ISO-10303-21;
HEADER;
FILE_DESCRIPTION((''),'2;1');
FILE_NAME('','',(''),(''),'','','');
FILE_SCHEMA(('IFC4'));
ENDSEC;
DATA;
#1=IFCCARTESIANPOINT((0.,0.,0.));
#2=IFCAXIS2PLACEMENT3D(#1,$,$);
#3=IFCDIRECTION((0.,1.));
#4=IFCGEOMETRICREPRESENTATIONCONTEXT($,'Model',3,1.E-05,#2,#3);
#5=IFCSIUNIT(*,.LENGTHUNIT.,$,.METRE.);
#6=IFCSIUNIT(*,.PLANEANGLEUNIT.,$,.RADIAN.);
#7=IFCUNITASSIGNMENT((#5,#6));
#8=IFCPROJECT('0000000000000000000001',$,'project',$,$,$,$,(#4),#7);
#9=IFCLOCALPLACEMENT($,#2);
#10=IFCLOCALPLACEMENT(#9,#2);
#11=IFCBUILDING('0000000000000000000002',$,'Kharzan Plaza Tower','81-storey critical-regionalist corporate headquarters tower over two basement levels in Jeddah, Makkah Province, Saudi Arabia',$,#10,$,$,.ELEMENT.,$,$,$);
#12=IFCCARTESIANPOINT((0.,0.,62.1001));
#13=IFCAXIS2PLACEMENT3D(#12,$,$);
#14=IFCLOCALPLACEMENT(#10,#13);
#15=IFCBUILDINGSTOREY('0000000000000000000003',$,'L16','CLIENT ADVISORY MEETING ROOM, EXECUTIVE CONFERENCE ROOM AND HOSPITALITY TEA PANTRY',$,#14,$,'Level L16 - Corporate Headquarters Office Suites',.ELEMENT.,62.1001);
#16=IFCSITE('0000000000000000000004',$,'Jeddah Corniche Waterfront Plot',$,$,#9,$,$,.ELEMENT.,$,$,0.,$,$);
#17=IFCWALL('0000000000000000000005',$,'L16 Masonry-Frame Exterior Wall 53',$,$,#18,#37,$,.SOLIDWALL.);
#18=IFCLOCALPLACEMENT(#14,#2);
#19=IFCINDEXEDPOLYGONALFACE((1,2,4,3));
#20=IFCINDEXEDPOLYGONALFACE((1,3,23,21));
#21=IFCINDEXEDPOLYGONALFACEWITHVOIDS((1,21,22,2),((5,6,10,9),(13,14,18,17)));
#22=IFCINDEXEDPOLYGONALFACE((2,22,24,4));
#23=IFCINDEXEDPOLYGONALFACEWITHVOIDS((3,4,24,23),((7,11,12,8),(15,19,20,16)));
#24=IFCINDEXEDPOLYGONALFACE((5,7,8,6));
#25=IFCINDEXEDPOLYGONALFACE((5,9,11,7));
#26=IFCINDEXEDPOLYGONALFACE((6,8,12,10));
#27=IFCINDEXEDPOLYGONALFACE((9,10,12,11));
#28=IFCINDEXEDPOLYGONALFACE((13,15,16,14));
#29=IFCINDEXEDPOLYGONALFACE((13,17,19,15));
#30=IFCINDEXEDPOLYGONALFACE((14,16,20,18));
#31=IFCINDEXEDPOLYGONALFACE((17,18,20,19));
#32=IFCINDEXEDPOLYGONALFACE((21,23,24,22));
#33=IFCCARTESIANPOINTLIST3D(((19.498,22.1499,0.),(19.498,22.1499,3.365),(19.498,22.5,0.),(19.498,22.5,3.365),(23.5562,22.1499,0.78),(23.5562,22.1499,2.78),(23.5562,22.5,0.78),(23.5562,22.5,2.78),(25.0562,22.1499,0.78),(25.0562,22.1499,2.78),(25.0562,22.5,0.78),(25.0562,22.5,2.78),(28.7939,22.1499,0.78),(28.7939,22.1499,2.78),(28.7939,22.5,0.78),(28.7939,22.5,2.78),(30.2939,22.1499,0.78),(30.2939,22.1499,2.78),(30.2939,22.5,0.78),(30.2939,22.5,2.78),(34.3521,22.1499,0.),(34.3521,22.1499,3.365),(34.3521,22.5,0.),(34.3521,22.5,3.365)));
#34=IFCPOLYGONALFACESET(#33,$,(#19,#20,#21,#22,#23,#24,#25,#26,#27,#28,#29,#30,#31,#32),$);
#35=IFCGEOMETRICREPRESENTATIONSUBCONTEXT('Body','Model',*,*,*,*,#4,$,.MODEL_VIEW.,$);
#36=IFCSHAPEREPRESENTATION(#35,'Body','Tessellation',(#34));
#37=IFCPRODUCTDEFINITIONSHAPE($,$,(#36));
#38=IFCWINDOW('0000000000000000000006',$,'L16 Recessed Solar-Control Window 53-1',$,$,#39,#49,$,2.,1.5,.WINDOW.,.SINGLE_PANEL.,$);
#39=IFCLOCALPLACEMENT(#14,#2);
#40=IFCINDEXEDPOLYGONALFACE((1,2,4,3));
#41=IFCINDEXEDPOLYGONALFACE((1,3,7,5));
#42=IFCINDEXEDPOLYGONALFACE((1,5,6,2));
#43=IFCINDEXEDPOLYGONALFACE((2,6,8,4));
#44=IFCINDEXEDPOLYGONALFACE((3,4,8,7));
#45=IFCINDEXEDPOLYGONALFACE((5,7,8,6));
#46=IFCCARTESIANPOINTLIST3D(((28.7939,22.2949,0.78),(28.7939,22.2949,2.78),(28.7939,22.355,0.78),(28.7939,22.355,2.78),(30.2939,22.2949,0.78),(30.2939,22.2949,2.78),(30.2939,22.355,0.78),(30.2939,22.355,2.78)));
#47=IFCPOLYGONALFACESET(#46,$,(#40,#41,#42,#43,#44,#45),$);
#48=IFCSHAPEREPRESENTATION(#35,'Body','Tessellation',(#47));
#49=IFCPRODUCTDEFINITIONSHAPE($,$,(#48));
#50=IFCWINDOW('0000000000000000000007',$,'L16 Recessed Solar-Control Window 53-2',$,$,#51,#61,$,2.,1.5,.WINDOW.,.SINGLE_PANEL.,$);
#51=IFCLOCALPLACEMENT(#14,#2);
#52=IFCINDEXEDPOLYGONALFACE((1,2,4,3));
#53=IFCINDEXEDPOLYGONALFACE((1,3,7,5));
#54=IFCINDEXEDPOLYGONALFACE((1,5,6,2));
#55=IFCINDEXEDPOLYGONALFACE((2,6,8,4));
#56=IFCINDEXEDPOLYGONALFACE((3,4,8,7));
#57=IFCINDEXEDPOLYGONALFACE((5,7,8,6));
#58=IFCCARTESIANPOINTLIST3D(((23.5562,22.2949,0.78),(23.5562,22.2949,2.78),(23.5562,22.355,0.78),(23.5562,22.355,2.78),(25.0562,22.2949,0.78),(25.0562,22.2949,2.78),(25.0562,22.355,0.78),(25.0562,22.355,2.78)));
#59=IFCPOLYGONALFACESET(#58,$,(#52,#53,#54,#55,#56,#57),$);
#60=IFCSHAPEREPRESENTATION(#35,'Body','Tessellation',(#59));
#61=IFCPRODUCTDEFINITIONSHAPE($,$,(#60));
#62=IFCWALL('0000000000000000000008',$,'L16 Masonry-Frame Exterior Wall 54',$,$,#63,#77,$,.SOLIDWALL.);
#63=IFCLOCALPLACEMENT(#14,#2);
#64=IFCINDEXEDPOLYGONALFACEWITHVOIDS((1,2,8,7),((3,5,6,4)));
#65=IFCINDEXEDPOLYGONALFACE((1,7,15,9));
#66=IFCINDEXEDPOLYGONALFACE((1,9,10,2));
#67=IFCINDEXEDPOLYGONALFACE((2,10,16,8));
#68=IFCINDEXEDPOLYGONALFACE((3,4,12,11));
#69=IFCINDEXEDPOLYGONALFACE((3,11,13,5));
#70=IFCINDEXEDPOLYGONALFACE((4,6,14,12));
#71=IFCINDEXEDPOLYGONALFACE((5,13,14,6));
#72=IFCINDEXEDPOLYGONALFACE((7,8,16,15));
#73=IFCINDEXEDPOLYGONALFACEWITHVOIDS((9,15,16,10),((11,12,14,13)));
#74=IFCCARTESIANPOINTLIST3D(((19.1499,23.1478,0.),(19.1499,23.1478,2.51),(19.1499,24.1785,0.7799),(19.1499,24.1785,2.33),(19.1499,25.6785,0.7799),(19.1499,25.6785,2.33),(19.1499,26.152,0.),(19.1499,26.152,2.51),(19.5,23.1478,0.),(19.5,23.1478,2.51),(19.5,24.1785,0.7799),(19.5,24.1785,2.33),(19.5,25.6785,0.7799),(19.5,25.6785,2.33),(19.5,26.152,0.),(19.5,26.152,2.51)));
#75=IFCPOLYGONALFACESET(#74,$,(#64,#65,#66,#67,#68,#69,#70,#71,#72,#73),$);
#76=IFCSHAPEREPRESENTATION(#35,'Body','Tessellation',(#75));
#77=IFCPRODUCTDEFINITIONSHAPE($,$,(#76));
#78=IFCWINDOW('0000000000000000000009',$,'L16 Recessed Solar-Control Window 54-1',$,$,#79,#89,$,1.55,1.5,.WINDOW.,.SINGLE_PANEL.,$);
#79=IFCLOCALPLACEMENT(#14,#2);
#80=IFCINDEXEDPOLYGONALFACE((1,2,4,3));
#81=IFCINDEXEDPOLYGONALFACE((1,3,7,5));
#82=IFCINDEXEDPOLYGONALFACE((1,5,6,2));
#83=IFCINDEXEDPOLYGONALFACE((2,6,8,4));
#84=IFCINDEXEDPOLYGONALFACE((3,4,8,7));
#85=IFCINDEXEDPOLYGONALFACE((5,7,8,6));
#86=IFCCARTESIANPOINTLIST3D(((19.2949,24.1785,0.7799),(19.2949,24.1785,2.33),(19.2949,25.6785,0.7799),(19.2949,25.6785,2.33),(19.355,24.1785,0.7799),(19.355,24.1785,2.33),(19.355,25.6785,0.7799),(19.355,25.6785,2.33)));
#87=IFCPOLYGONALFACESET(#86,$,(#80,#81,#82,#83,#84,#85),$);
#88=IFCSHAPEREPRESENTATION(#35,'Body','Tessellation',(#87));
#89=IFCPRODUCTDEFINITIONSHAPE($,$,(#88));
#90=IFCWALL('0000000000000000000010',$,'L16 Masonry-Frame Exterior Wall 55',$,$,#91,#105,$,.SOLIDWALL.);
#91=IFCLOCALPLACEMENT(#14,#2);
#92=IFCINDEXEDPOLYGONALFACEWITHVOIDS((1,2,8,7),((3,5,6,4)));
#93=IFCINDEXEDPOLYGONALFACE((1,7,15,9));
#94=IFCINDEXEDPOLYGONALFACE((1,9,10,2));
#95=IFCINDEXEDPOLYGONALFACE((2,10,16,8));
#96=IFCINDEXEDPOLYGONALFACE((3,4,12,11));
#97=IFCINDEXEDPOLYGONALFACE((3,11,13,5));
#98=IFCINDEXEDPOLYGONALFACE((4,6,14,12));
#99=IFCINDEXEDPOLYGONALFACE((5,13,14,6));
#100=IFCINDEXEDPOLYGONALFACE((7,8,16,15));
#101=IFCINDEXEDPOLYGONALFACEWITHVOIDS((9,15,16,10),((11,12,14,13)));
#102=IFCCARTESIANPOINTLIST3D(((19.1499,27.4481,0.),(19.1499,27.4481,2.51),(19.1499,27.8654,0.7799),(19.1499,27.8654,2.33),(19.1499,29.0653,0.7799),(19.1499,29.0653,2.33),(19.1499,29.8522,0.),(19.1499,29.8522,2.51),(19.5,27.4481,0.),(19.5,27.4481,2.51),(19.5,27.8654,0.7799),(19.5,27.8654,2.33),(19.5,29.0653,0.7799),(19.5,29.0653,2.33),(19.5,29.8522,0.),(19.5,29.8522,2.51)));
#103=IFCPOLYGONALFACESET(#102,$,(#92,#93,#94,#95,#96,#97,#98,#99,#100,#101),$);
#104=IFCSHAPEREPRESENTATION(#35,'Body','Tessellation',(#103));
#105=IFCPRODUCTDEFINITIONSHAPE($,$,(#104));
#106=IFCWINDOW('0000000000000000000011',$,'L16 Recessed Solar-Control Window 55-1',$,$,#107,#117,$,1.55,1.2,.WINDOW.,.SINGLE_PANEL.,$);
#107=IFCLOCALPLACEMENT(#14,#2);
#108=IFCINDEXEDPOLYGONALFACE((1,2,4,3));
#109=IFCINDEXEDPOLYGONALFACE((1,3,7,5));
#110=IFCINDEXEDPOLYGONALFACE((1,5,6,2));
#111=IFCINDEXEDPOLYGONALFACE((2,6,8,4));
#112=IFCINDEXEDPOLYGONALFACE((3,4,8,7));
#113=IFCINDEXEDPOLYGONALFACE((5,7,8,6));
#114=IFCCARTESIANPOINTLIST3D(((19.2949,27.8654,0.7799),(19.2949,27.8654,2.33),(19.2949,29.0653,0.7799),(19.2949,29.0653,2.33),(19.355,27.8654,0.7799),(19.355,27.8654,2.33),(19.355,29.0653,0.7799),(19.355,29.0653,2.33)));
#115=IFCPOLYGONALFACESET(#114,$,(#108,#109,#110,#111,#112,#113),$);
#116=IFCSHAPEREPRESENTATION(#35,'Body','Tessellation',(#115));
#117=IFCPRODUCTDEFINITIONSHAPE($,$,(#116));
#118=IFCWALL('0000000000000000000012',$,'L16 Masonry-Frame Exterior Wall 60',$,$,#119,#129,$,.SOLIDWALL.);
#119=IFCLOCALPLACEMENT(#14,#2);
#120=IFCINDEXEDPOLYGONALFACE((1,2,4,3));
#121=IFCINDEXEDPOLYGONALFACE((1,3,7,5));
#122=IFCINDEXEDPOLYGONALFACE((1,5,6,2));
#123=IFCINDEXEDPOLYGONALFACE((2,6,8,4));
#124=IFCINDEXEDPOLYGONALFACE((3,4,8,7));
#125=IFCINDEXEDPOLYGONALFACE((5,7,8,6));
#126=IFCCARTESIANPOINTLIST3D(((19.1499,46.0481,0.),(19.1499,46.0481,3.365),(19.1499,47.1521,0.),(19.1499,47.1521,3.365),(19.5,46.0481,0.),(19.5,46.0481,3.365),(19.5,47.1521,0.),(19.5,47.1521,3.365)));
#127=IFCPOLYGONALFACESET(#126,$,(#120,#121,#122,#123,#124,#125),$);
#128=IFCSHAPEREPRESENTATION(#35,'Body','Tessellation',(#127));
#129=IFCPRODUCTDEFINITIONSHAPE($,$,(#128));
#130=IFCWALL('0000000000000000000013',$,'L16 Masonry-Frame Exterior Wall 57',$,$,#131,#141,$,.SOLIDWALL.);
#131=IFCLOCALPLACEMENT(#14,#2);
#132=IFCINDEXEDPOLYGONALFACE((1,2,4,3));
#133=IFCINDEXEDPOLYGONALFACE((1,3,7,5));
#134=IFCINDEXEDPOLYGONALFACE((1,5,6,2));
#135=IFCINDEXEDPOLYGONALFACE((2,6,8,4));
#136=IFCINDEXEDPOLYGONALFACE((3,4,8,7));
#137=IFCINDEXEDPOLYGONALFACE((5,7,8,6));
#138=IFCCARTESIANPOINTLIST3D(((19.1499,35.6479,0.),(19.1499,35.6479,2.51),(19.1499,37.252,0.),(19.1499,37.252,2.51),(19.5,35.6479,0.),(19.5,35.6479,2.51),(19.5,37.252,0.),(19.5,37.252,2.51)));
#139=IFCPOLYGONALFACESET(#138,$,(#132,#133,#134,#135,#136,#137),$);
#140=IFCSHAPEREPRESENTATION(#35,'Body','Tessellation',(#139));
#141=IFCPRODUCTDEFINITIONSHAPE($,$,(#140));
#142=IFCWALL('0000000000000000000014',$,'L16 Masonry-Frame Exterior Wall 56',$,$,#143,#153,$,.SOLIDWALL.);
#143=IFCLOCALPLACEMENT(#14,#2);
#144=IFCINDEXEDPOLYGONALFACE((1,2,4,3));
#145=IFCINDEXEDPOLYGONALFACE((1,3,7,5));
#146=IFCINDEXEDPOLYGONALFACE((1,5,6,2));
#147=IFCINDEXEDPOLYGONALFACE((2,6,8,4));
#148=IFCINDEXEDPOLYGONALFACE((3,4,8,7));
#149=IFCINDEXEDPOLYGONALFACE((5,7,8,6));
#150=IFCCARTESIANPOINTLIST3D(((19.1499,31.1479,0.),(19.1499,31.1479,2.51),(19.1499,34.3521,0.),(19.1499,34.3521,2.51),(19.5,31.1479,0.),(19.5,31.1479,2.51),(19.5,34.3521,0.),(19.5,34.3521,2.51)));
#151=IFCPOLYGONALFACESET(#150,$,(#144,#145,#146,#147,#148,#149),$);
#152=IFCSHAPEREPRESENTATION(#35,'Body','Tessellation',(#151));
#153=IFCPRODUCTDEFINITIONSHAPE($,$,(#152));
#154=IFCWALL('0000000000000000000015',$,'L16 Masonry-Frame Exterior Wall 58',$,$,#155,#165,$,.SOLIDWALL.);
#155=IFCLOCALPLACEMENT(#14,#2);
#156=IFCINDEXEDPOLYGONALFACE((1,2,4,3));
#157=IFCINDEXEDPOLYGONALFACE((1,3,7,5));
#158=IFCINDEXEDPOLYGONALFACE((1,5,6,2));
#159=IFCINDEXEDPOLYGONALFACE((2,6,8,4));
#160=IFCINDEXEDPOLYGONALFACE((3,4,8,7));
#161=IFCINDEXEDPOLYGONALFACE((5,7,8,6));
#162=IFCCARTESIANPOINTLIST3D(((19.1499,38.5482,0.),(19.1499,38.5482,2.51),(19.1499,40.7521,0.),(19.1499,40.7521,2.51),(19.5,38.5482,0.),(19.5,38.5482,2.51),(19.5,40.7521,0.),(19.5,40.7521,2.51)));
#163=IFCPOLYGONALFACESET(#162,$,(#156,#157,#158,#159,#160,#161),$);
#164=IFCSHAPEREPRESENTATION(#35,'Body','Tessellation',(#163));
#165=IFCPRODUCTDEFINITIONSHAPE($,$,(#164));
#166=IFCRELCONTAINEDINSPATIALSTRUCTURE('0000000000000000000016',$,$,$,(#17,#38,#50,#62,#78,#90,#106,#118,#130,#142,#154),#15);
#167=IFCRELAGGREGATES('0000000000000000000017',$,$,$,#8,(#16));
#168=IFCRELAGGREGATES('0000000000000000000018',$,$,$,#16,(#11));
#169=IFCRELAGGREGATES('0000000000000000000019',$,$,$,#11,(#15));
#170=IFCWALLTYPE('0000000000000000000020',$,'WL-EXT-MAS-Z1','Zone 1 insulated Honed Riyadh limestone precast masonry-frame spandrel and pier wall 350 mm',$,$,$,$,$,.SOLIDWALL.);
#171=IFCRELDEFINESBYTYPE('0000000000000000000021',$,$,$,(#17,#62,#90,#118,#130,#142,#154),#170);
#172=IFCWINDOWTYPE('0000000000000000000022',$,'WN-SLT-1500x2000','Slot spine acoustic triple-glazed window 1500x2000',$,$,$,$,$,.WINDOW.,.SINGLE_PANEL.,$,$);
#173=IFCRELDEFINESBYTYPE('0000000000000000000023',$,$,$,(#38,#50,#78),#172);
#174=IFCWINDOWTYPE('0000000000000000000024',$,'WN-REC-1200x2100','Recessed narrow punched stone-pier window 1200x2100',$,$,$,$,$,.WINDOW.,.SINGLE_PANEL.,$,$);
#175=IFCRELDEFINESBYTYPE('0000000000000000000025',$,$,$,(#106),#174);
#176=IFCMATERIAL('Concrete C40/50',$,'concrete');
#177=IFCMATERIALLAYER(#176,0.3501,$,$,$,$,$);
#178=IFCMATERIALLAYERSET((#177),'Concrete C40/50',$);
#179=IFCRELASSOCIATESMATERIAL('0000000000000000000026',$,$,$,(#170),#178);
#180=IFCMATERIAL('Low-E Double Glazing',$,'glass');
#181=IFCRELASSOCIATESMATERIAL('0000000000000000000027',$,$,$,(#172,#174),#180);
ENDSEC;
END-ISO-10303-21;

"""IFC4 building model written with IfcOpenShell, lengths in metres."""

from ifc_helpers import new_model, si_unit, direction, frame, frame_2d, origin, place, context, subcontext, project, spatial, rectangle, extrude, source, transform, mapped, material, layer, layer_set, type_object, element, fill, save


model = new_model("IFC4")

# Units and contexts
model_context = context("Model", 3, precision=1e-05, world=origin(), true_north=direction((0.0, 1.0)))
body_context = subcontext(model_context, "Body", "Model", "MODEL_VIEW")
ifc_project = project(units=[si_unit("LENGTHUNIT", "METRE"), si_unit("PLANEANGLEUNIT", "RADIAN")], contexts=[model_context])

# Site, building, storey
site_placement = place(None, origin())
site = spatial("IfcSite", under=ifc_project, at=site_placement, Name="Jeddah Corniche Waterfront Plot", CompositionType="ELEMENT", RefElevation=0.0)
building_placement = place(site_placement, origin())
building = spatial("IfcBuilding", under=site, at=building_placement, Name="Kharzan Plaza Tower", Description="81-storey critical-regionalist corporate headquarters tower over two basement levels in Jeddah, Makkah Province, Saudi Arabia", CompositionType="ELEMENT")
storey_placement = place(building_placement, frame((0.0, 0.0, 62.1001)))
storey = spatial("IfcBuildingStorey", under=building, at=storey_placement, Name="L16", Description="CLIENT ADVISORY MEETING ROOM, EXECUTIVE CONFERENCE ROOM AND HOSPITALITY TEA PANTRY", LongName="Level L16 - Corporate Headquarters Office Suites", CompositionType="ELEMENT", Elevation=62.1001)

# Shared definitions
ifc_material_1 = material(Name="Concrete C40/50", Category="concrete")
ifc_layer_1 = layer(ifc_material_1, 0.3501)
ifc_layer_set_1 = layer_set([ifc_layer_1], Name="Concrete C40/50")
wall_type_1 = type_object("IfcWallType", Name="WL-EXT-MAS-Z1", Description="Zone 1 insulated Honed Riyadh limestone precast masonry-frame spandrel and pier wall 350 mm", PredefinedType="SOLIDWALL", material=ifc_layer_set_1)
ifc_material_2 = material(Name="Low-E Double Glazing", Category="glass")

# Wall, openings, windows
wall_1_placement = place(storey_placement, frame((34.3521, 22.325, 0.0), z_axis=(0.0, 0.0, 1.0), x_axis=(-1.0, 0.0, 0.0)))
wall_1 = element("IfcWall", 1, at=wall_1_placement, inside=storey, type_object=wall_type_1, Name="L16 Masonry-Frame Exterior Wall 53", PredefinedType="SOLIDWALL", context=body_context, shape_type="SweptSolid", body=[
    extrude(rectangle(XDim=14.854, YDim=0.3501, at=frame_2d((7.427, 0.0))), origin(), (0.0, 0.0, 1.0), 3.365),
])
opening_1_placement = place(wall_1_placement, frame((4.0581, 0.0, 0.78)))
opening_1 = element("IfcOpeningElement", 2, at=opening_1_placement, cuts=wall_1, PredefinedType="OPENING", context=body_context, shape_type="SweptSolid", body=[
    extrude(rectangle(XDim=1.5, YDim=2.0, at=frame_2d((0.75, 1.0))), frame((0.0, 0.1851, 0.0), z_axis=(0.0, -1.0, 0.0), x_axis=(1.0, 0.0, 0.0)), (0.0, 0.0, 1.0), 0.3701),
])
opening_2_placement = place(wall_1_placement, frame((9.2959, 0.0, 0.78)))
opening_2 = element("IfcOpeningElement", 3, at=opening_2_placement, cuts=wall_1, PredefinedType="OPENING", context=body_context, shape_type="SweptSolid", body=[
    extrude(rectangle(XDim=1.5, YDim=2.0, at=frame_2d((0.75, 1.0))), frame((0.0, 0.1851, 0.0), z_axis=(0.0, -1.0, 0.0), x_axis=(1.0, 0.0, 0.0)), (0.0, 0.0, 1.0), 0.3701),
])
window_type_1 = type_object("IfcWindowType", Name="WN-SLT-1500x2000", Description="Slot spine acoustic triple-glazed window 1500x2000", PartitioningType="SINGLE_PANEL", PredefinedType="WINDOW", material=ifc_material_2)
shared_shape_1 = source(origin(), body_context, "Body", "SweptSolid", [
    extrude(rectangle(XDim=1.5, YDim=2.0, at=frame_2d((0.75, 1.0))), frame((0.0, 0.03, 0.0), z_axis=(0.0, -1.0, 0.0), x_axis=(1.0, 0.0, 0.0)), (0.0, 0.0, 1.0), 0.0601),
])
window_1_placement = place(opening_1_placement, origin())
window_1 = element("IfcWindow", 4, at=window_1_placement, inside=storey, type_object=window_type_1, Name="L16 Recessed Solar-Control Window 53-1", OverallHeight=2.0, OverallWidth=1.5, PartitioningType="SINGLE_PANEL", PredefinedType="WINDOW", context=body_context, shape_type="MappedRepresentation", body=[
    mapped(shared_shape_1, transform((0.0, 0.0, 0.0), x_axis=(1.0, 0.0, 0.0), y_axis=(0.0, 1.0, 0.0), z_axis=(0.0, 0.0, 1.0))),
])
fill(opening_1, window_1)
window_2_placement = place(opening_2_placement, origin())
window_2 = element("IfcWindow", 5, at=window_2_placement, inside=storey, type_object=window_type_1, Name="L16 Recessed Solar-Control Window 53-2", OverallHeight=2.0, OverallWidth=1.5, PartitioningType="SINGLE_PANEL", PredefinedType="WINDOW", context=body_context, shape_type="MappedRepresentation", body=[
    mapped(shared_shape_1, transform((0.0, 0.0, 0.0), x_axis=(1.0, 0.0, 0.0), y_axis=(0.0, 1.0, 0.0), z_axis=(0.0, 0.0, 1.0))),
])
fill(opening_2, window_2)

# Walls, openings, windows
wall_2_placement = place(storey_placement, frame((19.325, 23.1479, 0.0), z_axis=(0.0, 0.0, 1.0), x_axis=(0.0, 1.0, 0.0)))
wall_2 = element("IfcWall", 6, at=wall_2_placement, inside=storey, type_object=wall_type_1, Name="L16 Masonry-Frame Exterior Wall 54", PredefinedType="SOLIDWALL", context=body_context, shape_type="SweptSolid", body=[
    extrude(rectangle(XDim=3.0042, YDim=0.3501, at=frame_2d((1.502, 0.0))), origin(), (0.0, 0.0, 1.0), 2.51),
])
opening_3_placement = place(wall_2_placement, frame((1.0305, 0.0, 0.78)))
opening_3 = element("IfcOpeningElement", 7, at=opening_3_placement, cuts=wall_2, PredefinedType="OPENING", context=body_context, shape_type="SweptSolid", body=[
    extrude(rectangle(XDim=1.5, YDim=1.55, at=frame_2d((0.75, 0.7749))), frame((0.0, 0.1851, 0.0), z_axis=(0.0, -1.0, 0.0), x_axis=(1.0, 0.0, 0.0)), (0.0, 0.0, 1.0), 0.3701),
])
shared_shape_2 = source(origin(), body_context, "Body", "SweptSolid", [
    extrude(rectangle(XDim=1.5, YDim=1.55, at=frame_2d((0.75, 0.7749))), frame((0.0, 0.03, 0.0), z_axis=(0.0, -1.0, 0.0), x_axis=(1.0, 0.0, 0.0)), (0.0, 0.0, 1.0), 0.0601),
])
window_3_placement = place(opening_3_placement, origin())
window_3 = element("IfcWindow", 8, at=window_3_placement, inside=storey, type_object=window_type_1, Name="L16 Recessed Solar-Control Window 54-1", OverallHeight=1.55, OverallWidth=1.5, PartitioningType="SINGLE_PANEL", PredefinedType="WINDOW", context=body_context, shape_type="MappedRepresentation", body=[
    mapped(shared_shape_2, transform((0.0, 0.0, 0.0), x_axis=(1.0, 0.0, 0.0), y_axis=(0.0, 1.0, 0.0), z_axis=(0.0, 0.0, 1.0))),
])
fill(opening_3, window_3)
wall_3_placement = place(storey_placement, frame((19.325, 27.448, 0.0), z_axis=(0.0, 0.0, 1.0), x_axis=(0.0, 1.0, 0.0)))
wall_3 = element("IfcWall", 9, at=wall_3_placement, inside=storey, type_object=wall_type_1, Name="L16 Masonry-Frame Exterior Wall 55", PredefinedType="SOLIDWALL", context=body_context, shape_type="SweptSolid", body=[
    extrude(rectangle(XDim=2.4041, YDim=0.3501, at=frame_2d((1.2021, 0.0))), origin(), (0.0, 0.0, 1.0), 2.51),
])
opening_4_placement = place(wall_3_placement, frame((0.4172, 0.0, 0.78)))
opening_4 = element("IfcOpeningElement", 10, at=opening_4_placement, cuts=wall_3, PredefinedType="OPENING", context=body_context, shape_type="SweptSolid", body=[
    extrude(rectangle(XDim=1.2, YDim=1.55, at=frame_2d((0.6001, 0.7749))), frame((0.0, 0.1851, 0.0), z_axis=(0.0, -1.0, 0.0), x_axis=(1.0, 0.0, 0.0)), (0.0, 0.0, 1.0), 0.3701),
])
window_type_2 = type_object("IfcWindowType", Name="WN-REC-1200x2100", Description="Recessed narrow punched stone-pier window 1200x2100", PartitioningType="SINGLE_PANEL", PredefinedType="WINDOW", material=ifc_material_2)
shared_shape_3 = source(origin(), body_context, "Body", "SweptSolid", [
    extrude(rectangle(XDim=1.2, YDim=1.55, at=frame_2d((0.6001, 0.7749))), frame((0.0, 0.03, 0.0), z_axis=(0.0, -1.0, 0.0), x_axis=(1.0, 0.0, 0.0)), (0.0, 0.0, 1.0), 0.0601),
])
window_4_placement = place(opening_4_placement, origin())
window_4 = element("IfcWindow", 11, at=window_4_placement, inside=storey, type_object=window_type_2, Name="L16 Recessed Solar-Control Window 55-1", OverallHeight=1.55, OverallWidth=1.2, PartitioningType="SINGLE_PANEL", PredefinedType="WINDOW", context=body_context, shape_type="MappedRepresentation", body=[
    mapped(shared_shape_3, transform((0.0, 0.0, 0.0), x_axis=(1.0, 0.0, 0.0), y_axis=(0.0, 1.0, 0.0), z_axis=(0.0, 0.0, 1.0))),
])
fill(opening_4, window_4)

# Walls
shared_shape_4 = source(origin(), body_context, "Body", "SweptSolid", [
    extrude(rectangle(XDim=1.104, YDim=0.3501, at=frame_2d((0.552, 0.0))), origin(), (0.0, 0.0, 1.0), 3.365),
])
wall_4_placement = place(storey_placement, frame((19.325, 46.0481, 0.0), z_axis=(0.0, 0.0, 1.0), x_axis=(0.0, 1.0, 0.0)))
element("IfcWall", 12, at=wall_4_placement, inside=storey, type_object=wall_type_1, Name="L16 Masonry-Frame Exterior Wall 60", PredefinedType="SOLIDWALL", context=body_context, shape_type="MappedRepresentation", body=[
    mapped(shared_shape_4, transform((0.0, 0.0, 0.0), x_axis=(1.0, 0.0, 0.0), y_axis=(0.0, 1.0, 0.0), z_axis=(0.0, 0.0, 1.0))),
])
shared_shape_5 = source(origin(), body_context, "Body", "SweptSolid", [
    extrude(rectangle(XDim=1.604, YDim=0.3501, at=frame_2d((0.802, 0.0))), origin(), (0.0, 0.0, 1.0), 2.51),
])
wall_5_placement = place(storey_placement, frame((19.325, 35.6479, 0.0), z_axis=(0.0, 0.0, 1.0), x_axis=(0.0, 1.0, 0.0)))
element("IfcWall", 13, at=wall_5_placement, inside=storey, type_object=wall_type_1, Name="L16 Masonry-Frame Exterior Wall 57", PredefinedType="SOLIDWALL", context=body_context, shape_type="MappedRepresentation", body=[
    mapped(shared_shape_5, transform((0.0, 0.0, 0.0), x_axis=(1.0, 0.0, 0.0), y_axis=(0.0, 1.0, 0.0), z_axis=(0.0, 0.0, 1.0))),
])
shared_shape_6 = source(origin(), body_context, "Body", "SweptSolid", [
    extrude(rectangle(XDim=3.2041, YDim=0.3501, at=frame_2d((1.6021, 0.0))), origin(), (0.0, 0.0, 1.0), 2.51),
])
wall_6_placement = place(storey_placement, frame((19.325, 31.1479, 0.0), z_axis=(0.0, 0.0, 1.0), x_axis=(0.0, 1.0, 0.0)))
element("IfcWall", 14, at=wall_6_placement, inside=storey, type_object=wall_type_1, Name="L16 Masonry-Frame Exterior Wall 56", PredefinedType="SOLIDWALL", context=body_context, shape_type="MappedRepresentation", body=[
    mapped(shared_shape_6, transform((0.0, 0.0, 0.0), x_axis=(1.0, 0.0, 0.0), y_axis=(0.0, 1.0, 0.0), z_axis=(0.0, 0.0, 1.0))),
])
shared_shape_7 = source(origin(), body_context, "Body", "SweptSolid", [
    extrude(rectangle(XDim=2.2039, YDim=0.3501, at=frame_2d((1.1021, 0.0))), origin(), (0.0, 0.0, 1.0), 2.51),
])
wall_7_placement = place(storey_placement, frame((19.325, 38.5481, 0.0), z_axis=(0.0, 0.0, 1.0), x_axis=(0.0, 1.0, 0.0)))
element("IfcWall", 15, at=wall_7_placement, inside=storey, type_object=wall_type_1, Name="L16 Masonry-Frame Exterior Wall 58", PredefinedType="SOLIDWALL", context=body_context, shape_type="MappedRepresentation", body=[
    mapped(shared_shape_7, transform((0.0, 0.0, 0.0), x_axis=(1.0, 0.0, 0.0), y_axis=(0.0, 1.0, 0.0), z_axis=(0.0, 0.0, 1.0))),
])

save(model, "model.ifc")
